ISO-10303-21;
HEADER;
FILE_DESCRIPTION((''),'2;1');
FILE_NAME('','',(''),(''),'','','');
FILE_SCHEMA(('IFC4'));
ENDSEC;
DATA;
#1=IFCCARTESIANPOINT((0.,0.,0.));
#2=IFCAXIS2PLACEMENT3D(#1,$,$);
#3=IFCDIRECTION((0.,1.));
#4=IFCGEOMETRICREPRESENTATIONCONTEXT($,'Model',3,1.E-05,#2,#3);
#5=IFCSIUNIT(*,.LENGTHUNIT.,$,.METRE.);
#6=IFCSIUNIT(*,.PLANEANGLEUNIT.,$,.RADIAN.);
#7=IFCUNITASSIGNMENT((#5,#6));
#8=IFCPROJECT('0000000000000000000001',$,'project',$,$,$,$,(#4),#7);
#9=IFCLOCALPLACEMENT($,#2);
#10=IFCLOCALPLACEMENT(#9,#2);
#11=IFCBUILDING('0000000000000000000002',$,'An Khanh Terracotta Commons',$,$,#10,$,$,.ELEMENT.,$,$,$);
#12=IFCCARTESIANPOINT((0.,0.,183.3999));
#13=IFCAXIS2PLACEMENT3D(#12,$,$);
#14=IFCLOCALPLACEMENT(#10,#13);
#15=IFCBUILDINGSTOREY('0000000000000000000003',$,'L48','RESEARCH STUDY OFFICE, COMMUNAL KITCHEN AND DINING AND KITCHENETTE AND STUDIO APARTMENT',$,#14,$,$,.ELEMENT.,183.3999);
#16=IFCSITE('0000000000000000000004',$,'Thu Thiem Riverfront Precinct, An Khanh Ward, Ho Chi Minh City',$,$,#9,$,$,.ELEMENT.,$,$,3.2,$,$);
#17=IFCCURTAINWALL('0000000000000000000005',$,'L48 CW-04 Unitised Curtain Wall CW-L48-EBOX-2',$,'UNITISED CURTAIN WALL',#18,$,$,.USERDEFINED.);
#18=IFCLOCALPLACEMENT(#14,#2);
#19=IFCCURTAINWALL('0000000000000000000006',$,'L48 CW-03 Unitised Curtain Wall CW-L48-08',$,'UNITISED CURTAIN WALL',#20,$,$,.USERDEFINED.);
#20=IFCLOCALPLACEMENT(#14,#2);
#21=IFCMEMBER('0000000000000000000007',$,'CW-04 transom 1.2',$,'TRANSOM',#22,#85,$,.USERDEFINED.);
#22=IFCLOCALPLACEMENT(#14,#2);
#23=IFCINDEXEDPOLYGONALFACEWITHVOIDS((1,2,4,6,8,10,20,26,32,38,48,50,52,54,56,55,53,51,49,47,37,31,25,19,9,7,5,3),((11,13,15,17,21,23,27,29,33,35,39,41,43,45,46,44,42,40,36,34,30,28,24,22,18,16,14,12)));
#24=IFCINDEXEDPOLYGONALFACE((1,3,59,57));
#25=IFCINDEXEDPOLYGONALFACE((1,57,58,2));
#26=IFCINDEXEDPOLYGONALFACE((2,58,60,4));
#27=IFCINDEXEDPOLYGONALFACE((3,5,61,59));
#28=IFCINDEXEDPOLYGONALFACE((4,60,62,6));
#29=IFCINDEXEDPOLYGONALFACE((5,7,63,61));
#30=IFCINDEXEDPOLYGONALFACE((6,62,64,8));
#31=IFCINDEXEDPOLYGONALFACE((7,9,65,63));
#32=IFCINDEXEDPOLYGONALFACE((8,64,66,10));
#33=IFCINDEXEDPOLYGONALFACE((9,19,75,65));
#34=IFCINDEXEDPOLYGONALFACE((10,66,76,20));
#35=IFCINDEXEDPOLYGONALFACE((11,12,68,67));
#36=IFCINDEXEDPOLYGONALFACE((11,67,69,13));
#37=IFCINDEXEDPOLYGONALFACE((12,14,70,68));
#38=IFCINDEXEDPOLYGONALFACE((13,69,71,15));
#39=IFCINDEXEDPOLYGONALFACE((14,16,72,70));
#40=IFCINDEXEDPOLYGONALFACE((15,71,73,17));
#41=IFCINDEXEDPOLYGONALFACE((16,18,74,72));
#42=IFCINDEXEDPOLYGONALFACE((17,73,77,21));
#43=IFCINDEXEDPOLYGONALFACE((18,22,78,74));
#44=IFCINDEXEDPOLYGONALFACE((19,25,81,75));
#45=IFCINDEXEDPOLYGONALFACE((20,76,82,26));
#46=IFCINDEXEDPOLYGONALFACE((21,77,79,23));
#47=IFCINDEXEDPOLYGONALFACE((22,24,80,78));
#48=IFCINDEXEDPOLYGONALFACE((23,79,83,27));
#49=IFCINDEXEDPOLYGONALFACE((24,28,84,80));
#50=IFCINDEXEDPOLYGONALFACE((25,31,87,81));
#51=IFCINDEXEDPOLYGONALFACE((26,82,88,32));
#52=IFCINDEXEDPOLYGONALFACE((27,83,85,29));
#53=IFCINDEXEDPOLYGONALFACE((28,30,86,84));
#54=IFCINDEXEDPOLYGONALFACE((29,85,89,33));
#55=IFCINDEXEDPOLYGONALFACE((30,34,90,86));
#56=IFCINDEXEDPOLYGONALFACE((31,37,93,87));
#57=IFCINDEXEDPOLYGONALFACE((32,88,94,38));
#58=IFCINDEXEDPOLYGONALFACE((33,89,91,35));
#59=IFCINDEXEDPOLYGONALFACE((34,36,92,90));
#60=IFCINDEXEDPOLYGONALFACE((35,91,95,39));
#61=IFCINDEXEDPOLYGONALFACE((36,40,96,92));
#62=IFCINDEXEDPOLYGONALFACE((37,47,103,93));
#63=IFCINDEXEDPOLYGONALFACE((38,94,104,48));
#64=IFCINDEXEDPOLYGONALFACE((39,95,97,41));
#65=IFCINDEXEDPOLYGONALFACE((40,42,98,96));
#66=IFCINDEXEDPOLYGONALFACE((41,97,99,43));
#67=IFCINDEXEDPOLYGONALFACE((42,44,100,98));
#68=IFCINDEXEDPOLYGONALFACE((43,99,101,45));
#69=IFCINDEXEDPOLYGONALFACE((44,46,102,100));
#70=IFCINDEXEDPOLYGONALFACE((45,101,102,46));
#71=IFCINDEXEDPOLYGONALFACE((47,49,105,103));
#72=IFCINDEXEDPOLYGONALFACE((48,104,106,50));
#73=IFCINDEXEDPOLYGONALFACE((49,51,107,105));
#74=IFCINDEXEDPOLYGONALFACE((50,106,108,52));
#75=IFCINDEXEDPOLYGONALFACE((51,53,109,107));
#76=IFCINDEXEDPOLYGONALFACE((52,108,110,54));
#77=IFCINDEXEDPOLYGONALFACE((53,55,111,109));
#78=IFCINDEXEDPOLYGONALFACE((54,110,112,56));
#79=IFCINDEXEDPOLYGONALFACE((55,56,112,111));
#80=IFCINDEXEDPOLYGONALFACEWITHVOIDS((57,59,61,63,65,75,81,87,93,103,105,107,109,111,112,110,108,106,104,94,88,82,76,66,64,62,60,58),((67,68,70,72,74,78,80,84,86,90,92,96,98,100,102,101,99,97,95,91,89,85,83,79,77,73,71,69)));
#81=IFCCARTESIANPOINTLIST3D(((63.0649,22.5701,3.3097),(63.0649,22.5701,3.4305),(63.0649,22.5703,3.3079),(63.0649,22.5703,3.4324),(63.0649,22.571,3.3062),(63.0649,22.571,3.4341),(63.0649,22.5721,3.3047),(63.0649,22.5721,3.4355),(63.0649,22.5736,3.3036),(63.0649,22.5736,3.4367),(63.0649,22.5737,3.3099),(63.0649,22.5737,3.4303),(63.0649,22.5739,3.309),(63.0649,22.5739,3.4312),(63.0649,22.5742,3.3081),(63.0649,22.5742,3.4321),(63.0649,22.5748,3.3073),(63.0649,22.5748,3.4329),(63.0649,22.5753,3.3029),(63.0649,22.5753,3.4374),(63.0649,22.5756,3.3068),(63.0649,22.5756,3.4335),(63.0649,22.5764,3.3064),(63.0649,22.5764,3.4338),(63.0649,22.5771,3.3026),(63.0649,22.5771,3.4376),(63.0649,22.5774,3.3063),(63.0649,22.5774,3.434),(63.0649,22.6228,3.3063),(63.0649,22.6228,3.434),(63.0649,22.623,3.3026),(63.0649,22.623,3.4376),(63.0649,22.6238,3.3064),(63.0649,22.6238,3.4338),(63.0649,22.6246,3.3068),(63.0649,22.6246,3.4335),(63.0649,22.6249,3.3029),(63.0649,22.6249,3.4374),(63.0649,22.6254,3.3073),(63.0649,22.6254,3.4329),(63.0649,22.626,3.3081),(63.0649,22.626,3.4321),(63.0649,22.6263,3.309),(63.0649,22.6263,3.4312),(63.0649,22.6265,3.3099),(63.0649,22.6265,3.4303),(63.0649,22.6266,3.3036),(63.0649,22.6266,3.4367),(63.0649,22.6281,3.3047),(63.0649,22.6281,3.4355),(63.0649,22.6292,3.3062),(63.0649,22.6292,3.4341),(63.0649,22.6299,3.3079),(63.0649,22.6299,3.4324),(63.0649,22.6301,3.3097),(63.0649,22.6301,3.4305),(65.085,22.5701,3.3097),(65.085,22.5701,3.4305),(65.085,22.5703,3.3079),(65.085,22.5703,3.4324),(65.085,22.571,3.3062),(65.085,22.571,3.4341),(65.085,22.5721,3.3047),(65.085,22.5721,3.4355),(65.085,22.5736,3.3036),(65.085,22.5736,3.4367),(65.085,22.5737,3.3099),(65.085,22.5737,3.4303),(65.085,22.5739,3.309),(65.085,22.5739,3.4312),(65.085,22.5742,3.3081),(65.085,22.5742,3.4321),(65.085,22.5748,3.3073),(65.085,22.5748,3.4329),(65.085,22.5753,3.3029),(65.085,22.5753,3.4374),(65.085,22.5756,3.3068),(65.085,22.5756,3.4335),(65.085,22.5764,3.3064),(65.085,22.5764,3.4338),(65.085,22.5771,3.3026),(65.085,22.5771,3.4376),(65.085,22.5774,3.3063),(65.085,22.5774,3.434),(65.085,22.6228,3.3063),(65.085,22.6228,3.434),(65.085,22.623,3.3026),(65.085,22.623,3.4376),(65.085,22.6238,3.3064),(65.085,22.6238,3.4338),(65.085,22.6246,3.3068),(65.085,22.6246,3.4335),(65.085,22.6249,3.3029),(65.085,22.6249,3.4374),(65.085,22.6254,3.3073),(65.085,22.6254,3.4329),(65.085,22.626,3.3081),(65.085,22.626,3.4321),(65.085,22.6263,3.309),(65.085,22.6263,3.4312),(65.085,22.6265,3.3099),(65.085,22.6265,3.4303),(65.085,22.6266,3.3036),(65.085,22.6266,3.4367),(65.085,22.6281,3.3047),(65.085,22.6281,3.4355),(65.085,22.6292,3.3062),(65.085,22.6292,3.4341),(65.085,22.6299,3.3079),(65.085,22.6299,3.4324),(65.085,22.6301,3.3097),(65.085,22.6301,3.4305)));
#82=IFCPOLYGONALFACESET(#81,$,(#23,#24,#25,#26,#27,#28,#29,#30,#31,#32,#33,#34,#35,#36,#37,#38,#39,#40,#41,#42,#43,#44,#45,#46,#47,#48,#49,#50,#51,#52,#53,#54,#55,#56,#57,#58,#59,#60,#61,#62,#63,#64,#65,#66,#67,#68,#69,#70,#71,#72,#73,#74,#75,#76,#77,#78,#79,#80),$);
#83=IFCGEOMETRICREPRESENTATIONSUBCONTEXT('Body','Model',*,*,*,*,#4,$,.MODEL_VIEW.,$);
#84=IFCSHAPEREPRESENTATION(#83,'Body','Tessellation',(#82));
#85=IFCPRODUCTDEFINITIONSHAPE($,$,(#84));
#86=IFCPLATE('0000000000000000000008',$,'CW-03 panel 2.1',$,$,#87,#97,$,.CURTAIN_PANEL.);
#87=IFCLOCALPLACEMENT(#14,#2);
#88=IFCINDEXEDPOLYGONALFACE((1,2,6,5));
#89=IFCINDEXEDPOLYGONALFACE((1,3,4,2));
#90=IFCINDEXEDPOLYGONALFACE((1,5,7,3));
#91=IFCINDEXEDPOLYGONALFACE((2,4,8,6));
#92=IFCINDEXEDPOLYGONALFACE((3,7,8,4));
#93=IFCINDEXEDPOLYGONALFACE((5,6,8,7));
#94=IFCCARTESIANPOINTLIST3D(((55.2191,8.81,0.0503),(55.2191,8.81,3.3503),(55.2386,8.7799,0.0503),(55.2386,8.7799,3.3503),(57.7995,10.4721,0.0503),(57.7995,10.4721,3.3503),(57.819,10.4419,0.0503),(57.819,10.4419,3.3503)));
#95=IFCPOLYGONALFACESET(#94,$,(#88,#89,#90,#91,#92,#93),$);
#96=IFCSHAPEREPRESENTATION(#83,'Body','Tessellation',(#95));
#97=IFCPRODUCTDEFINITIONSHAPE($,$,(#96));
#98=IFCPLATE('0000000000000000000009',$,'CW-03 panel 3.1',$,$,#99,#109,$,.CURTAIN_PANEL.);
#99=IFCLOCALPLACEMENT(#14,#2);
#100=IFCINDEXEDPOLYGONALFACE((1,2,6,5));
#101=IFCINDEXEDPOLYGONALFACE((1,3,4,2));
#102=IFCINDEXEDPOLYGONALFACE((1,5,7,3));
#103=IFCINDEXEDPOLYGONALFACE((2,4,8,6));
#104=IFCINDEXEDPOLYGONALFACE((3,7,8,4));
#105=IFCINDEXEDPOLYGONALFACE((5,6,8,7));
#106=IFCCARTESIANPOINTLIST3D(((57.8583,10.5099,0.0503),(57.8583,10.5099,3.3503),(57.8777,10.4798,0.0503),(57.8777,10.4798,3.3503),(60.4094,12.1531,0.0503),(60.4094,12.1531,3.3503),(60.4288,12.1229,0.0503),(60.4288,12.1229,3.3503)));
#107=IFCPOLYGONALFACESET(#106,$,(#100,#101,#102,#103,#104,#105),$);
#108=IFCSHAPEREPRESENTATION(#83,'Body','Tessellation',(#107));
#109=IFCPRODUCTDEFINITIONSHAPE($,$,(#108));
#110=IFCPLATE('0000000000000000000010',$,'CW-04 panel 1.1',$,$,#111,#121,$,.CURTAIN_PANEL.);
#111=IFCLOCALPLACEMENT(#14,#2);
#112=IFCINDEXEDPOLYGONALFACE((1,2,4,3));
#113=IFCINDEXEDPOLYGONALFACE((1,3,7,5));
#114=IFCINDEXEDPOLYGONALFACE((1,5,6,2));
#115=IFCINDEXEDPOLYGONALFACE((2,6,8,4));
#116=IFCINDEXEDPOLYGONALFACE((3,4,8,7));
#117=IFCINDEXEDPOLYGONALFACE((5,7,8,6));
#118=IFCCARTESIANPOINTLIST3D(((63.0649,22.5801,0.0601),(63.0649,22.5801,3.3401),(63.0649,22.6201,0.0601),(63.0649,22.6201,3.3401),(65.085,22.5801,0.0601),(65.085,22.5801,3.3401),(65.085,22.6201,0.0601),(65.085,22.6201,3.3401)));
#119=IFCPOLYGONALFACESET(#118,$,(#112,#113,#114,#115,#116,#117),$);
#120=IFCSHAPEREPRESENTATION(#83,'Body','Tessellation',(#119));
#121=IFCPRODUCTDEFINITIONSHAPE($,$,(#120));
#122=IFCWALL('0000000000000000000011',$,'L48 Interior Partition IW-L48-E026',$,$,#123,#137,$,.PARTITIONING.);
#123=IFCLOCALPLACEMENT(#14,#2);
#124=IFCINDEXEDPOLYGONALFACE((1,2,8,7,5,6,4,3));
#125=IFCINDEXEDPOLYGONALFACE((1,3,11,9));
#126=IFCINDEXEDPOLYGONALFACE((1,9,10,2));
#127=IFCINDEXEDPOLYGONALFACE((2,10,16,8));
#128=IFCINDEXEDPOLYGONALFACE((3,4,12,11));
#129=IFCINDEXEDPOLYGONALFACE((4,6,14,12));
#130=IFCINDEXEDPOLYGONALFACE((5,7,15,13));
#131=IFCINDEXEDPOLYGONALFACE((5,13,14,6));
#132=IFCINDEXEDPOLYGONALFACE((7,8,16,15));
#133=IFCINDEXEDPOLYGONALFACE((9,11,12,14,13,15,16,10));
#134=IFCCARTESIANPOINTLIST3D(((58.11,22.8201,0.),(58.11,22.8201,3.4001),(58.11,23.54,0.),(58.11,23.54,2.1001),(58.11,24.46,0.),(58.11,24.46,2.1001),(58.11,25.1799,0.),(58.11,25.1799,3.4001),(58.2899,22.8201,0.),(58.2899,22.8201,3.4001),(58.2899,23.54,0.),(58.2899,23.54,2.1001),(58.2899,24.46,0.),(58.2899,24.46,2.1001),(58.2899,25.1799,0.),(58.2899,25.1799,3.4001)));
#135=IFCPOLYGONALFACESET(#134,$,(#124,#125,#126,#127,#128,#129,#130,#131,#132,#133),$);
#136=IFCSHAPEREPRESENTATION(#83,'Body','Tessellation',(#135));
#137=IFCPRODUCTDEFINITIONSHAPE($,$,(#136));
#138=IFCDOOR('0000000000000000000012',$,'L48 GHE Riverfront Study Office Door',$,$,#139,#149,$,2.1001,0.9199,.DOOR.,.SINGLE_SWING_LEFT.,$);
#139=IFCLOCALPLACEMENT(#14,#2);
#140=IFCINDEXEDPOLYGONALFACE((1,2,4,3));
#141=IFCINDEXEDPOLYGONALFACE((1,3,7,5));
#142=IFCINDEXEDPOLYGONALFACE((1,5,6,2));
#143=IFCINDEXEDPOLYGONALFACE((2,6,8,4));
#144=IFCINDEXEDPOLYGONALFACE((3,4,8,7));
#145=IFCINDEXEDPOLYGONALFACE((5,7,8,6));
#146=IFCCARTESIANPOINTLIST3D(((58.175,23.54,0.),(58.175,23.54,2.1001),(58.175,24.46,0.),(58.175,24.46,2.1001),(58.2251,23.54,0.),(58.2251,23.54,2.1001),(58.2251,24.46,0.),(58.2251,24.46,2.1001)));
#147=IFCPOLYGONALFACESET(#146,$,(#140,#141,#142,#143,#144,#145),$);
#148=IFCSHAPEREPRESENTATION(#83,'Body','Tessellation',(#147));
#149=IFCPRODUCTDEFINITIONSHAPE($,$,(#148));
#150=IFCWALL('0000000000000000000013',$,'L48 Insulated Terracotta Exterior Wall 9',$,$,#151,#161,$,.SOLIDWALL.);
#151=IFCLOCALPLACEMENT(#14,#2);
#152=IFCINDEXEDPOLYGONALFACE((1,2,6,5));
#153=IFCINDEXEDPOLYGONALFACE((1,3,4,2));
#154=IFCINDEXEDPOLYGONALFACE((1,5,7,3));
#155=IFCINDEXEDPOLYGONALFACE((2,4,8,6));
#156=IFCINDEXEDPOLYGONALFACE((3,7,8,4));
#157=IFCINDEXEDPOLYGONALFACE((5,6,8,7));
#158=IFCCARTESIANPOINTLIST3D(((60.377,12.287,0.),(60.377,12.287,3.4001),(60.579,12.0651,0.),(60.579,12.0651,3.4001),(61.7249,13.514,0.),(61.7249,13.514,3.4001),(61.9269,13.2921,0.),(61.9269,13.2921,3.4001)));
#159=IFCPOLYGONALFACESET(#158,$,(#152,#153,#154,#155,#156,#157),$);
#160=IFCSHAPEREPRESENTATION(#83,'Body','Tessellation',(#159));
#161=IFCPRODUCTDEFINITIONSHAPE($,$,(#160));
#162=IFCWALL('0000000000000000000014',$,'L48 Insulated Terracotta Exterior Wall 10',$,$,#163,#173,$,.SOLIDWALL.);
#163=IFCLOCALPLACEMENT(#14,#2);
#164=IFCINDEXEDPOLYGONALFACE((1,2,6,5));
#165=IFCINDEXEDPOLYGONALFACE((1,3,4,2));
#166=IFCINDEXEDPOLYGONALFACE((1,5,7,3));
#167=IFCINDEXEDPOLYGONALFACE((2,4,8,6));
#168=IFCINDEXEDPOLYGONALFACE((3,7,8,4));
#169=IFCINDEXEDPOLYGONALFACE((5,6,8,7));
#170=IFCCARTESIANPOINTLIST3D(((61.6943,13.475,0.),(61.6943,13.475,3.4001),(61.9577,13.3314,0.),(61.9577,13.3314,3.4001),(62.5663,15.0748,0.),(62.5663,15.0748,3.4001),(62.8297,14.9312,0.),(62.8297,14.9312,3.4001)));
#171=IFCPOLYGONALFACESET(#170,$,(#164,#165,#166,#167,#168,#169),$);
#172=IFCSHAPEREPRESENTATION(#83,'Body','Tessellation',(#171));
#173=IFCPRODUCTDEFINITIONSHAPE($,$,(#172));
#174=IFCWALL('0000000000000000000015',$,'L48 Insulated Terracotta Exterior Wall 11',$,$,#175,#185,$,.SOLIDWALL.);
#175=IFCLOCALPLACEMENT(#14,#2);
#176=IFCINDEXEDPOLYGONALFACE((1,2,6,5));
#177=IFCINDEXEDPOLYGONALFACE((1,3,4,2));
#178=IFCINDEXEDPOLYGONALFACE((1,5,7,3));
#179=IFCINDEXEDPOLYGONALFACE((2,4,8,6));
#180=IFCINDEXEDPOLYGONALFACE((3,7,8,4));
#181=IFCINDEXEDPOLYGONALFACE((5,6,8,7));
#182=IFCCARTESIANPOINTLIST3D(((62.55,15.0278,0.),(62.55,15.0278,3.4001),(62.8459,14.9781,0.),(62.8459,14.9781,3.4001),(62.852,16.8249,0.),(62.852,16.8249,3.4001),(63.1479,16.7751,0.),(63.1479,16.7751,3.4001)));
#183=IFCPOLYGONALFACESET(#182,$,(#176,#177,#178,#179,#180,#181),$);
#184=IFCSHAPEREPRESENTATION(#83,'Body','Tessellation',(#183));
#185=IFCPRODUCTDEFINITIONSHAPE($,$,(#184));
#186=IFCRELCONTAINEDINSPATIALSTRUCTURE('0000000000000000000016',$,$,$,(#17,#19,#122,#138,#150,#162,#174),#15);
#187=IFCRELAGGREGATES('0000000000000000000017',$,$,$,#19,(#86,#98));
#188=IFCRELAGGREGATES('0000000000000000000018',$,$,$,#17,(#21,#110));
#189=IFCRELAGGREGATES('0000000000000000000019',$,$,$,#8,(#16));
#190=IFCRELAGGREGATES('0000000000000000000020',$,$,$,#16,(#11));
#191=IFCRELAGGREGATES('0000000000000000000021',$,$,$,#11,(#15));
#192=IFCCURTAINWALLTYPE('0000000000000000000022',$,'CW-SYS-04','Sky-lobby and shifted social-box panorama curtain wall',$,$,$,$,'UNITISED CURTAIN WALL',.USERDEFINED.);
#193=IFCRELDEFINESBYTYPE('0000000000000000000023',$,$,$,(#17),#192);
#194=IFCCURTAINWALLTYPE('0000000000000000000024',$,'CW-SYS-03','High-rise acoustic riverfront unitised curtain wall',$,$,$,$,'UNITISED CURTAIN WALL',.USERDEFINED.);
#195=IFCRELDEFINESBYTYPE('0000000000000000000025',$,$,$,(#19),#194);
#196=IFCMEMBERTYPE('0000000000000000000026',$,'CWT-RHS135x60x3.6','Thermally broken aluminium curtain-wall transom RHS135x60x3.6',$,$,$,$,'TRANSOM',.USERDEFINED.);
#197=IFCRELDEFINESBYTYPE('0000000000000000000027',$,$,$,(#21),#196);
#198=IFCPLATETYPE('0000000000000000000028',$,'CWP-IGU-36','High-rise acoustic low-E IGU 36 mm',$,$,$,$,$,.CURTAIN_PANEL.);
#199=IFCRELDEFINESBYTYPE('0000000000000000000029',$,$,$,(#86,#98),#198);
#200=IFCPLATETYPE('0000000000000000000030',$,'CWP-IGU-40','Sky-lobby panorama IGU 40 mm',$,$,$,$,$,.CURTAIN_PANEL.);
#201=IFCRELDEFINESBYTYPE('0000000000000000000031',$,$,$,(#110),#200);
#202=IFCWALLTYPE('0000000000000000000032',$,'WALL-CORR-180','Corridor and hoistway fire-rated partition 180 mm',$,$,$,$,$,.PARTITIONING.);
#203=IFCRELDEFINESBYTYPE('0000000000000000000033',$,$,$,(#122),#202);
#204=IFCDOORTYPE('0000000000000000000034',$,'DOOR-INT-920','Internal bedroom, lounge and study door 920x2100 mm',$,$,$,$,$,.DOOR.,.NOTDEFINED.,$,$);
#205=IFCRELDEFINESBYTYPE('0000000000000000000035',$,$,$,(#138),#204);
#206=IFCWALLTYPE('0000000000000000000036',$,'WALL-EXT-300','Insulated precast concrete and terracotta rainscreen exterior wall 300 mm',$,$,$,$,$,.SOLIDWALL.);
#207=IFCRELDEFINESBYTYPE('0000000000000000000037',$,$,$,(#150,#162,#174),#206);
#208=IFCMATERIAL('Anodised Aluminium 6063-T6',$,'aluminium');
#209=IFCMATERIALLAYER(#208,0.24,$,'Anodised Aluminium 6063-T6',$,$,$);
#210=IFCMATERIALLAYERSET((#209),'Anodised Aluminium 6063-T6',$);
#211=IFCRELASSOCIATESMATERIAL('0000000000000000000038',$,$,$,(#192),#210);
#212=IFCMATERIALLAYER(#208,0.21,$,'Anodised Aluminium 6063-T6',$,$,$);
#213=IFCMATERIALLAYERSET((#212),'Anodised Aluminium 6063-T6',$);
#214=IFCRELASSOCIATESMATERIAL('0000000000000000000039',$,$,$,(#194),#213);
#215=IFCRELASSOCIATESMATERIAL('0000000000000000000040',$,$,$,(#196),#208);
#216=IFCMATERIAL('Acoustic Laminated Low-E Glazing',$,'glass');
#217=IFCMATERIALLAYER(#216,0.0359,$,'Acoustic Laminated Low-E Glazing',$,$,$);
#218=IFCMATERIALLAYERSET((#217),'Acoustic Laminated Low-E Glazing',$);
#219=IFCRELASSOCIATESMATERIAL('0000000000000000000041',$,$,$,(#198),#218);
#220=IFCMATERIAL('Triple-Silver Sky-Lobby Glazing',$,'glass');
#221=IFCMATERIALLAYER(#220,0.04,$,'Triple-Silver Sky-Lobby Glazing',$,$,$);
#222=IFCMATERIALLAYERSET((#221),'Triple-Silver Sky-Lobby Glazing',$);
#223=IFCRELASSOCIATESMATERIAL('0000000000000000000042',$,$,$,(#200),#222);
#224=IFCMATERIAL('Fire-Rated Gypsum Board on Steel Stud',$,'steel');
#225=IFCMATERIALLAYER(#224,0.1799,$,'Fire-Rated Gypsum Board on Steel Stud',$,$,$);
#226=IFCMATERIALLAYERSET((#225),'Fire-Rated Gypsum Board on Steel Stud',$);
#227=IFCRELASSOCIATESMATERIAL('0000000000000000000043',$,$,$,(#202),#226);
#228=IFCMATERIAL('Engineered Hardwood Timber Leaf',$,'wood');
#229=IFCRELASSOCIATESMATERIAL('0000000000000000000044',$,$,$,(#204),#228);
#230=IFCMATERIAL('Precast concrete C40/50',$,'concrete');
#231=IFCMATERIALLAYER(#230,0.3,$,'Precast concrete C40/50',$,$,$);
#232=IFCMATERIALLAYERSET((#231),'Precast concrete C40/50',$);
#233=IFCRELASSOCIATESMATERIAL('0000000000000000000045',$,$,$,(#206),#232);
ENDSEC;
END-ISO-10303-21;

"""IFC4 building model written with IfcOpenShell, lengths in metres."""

from ifc_helpers import new_model, si_unit, direction, frame, frame_2d, origin, origin_2d, place, context, subcontext, project, spatial, rectangle, hollow_rectangle, extrude, material, layer, layer_set, material_profile, profile_set, type_object, element, fill, aggregate, save


model = new_model("IFC4")

# Units and contexts
model_context = context("Model", 3, precision=1e-05, world=origin(), true_north=direction((0.0, 1.0)))
body_context = subcontext(model_context, "Body", "Model", "MODEL_VIEW")
ifc_project = project(units=[si_unit("LENGTHUNIT", "METRE"), si_unit("PLANEANGLEUNIT", "RADIAN")], contexts=[model_context])

# Site, building, storey
site_placement = place(None, origin())
site = spatial("IfcSite", under=ifc_project, at=site_placement, Name="Thu Thiem Riverfront Precinct, An Khanh Ward, Ho Chi Minh City", CompositionType="ELEMENT", RefElevation=3.2)
building_placement = place(site_placement, origin())
building = spatial("IfcBuilding", under=site, at=building_placement, Name="An Khanh Terracotta Commons", CompositionType="ELEMENT")
storey_placement = place(building_placement, frame((0.0, 0.0, 183.3999)))
storey = spatial("IfcBuildingStorey", under=building, at=storey_placement, Name="L48", Description="RESEARCH STUDY OFFICE, COMMUNAL KITCHEN AND DINING AND KITCHENETTE AND STUDIO APARTMENT", CompositionType="ELEMENT", Elevation=183.3999)

# Shared definitions
ifc_material_1 = material(Name="Anodised Aluminium 6063-T6", Category="aluminium")
ifc_layer_1 = layer(ifc_material_1, 0.24, Name="Anodised Aluminium 6063-T6")
ifc_layer_set_1 = layer_set([ifc_layer_1], Name="Anodised Aluminium 6063-T6")
curtain_wall_type_1 = type_object("IfcCurtainWallType", Name="CW-SYS-04", Description="Sky-lobby and shifted social-box panorama curtain wall", ElementType="UNITISED CURTAIN WALL", PredefinedType="USERDEFINED", material=ifc_layer_set_1)

# Curtain walls
curtain_wall_1_placement = place(storey_placement, origin())
curtain_wall_1 = element("IfcCurtainWall", 1, at=curtain_wall_1_placement, inside=storey, type_object=curtain_wall_type_1, Name="L48 CW-04 Unitised Curtain Wall CW-L48-EBOX-2", ObjectType="UNITISED CURTAIN WALL", PredefinedType="USERDEFINED")
ifc_layer_2 = layer(ifc_material_1, 0.21, Name="Anodised Aluminium 6063-T6")
ifc_layer_set_2 = layer_set([ifc_layer_2], Name="Anodised Aluminium 6063-T6")
curtain_wall_type_2 = type_object("IfcCurtainWallType", Name="CW-SYS-03", Description="High-rise acoustic riverfront unitised curtain wall", ElementType="UNITISED CURTAIN WALL", PredefinedType="USERDEFINED", material=ifc_layer_set_2)
curtain_wall_2_placement = place(storey_placement, origin())
curtain_wall_2 = element("IfcCurtainWall", 2, at=curtain_wall_2_placement, inside=storey, type_object=curtain_wall_type_2, Name="L48 CW-03 Unitised Curtain Wall CW-L48-08", ObjectType="UNITISED CURTAIN WALL", PredefinedType="USERDEFINED")

# Member
ifc_material_profile_1 = material_profile(ifc_material_1, hollow_rectangle(XDim=0.0601, YDim=0.135, WallThickness=0.0037, InnerFilletRadius=0.0037, OuterFilletRadius=0.0071, at=origin_2d()), Name="RHS135x60x3.6")
ifc_profile_set_1 = profile_set([ifc_material_profile_1], Name="Anodised Aluminium 6063-T6")
member_type_1 = type_object("IfcMemberType", Name="CWT-RHS135x60x3.6", Description="Thermally broken aluminium curtain-wall transom RHS135x60x3.6", ElementType="TRANSOM", PredefinedType="USERDEFINED", material=ifc_profile_set_1)
member_1_placement = place(storey_placement, frame((63.0649, 22.6001, 3.3701), z_axis=(1.0, 0.0, 0.0), x_axis=(0.0, 1.0, 0.0)))
member_1 = element("IfcMember", 3, at=member_1_placement, type_object=member_type_1, Name="CW-04 transom 1.2", ObjectType="TRANSOM", PredefinedType="USERDEFINED", context=body_context, shape_type="SweptSolid", body=[
    extrude(hollow_rectangle(XDim=0.0601, YDim=0.135, WallThickness=0.0037, InnerFilletRadius=0.0037, OuterFilletRadius=0.0071, at=origin_2d()), origin(), (0.0, 0.0, 1.0), 2.02),
])

# Plates
ifc_material_2 = material(Name="Acoustic Laminated Low-E Glazing", Category="glass")
ifc_layer_3 = layer(ifc_material_2, 0.0359, Name="Acoustic Laminated Low-E Glazing")
ifc_layer_set_3 = layer_set([ifc_layer_3], Name="Acoustic Laminated Low-E Glazing")
plate_type_1 = type_object("IfcPlateType", Name="CWP-IGU-36", Description="High-rise acoustic low-E IGU 36 mm", PredefinedType="CURTAIN_PANEL", material=ifc_layer_set_3)
plate_1_placement = place(storey_placement, frame((56.519, 9.626, 0.0503), z_axis=(0.0, 0.0, 1.0), x_axis=(0.840702, 0.541498, 0.0)))
plate_1 = element("IfcPlate", 4, at=plate_1_placement, type_object=plate_type_1, Name="CW-03 panel 2.1", PredefinedType="CURTAIN_PANEL", context=body_context, shape_type="SweptSolid", body=[
    extrude(rectangle(XDim=3.0693, YDim=0.0359, at=origin_2d()), origin(), (0.0, 0.0, 1.0), 3.3),
])
plate_2_placement = place(storey_placement, frame((59.1436, 11.3164, 0.0503), z_axis=(0.0, 0.0, 1.0), x_axis=(0.840702, 0.541498, 0.0)))
plate_2 = element("IfcPlate", 5, at=plate_2_placement, type_object=plate_type_1, Name="CW-03 panel 3.1", PredefinedType="CURTAIN_PANEL", context=body_context, shape_type="SweptSolid", body=[
    extrude(rectangle(XDim=3.0344, YDim=0.0359, at=origin_2d()), origin(), (0.0, 0.0, 1.0), 3.3),
])
aggregate(curtain_wall_2, [plate_1, plate_2])
ifc_material_3 = material(Name="Triple-Silver Sky-Lobby Glazing", Category="glass")
ifc_layer_4 = layer(ifc_material_3, 0.04, Name="Triple-Silver Sky-Lobby Glazing")
ifc_layer_set_4 = layer_set([ifc_layer_4], Name="Triple-Silver Sky-Lobby Glazing")
plate_type_2 = type_object("IfcPlateType", Name="CWP-IGU-40", Description="Sky-lobby panorama IGU 40 mm", PredefinedType="CURTAIN_PANEL", material=ifc_layer_set_4)
plate_3_placement = place(storey_placement, frame((64.075, 22.6001, 0.0601), z_axis=(0.0, 0.0, 1.0), x_axis=(1.0, 0.0, 0.0)))
plate_3 = element("IfcPlate", 6, at=plate_3_placement, type_object=plate_type_2, Name="CW-04 panel 1.1", PredefinedType="CURTAIN_PANEL", context=body_context, shape_type="SweptSolid", body=[
    extrude(rectangle(XDim=2.02, YDim=0.04, at=origin_2d()), origin(), (0.0, 0.0, 1.0), 3.28),
])
aggregate(curtain_wall_1, [member_1, plate_3])

# Wall, opening, door
ifc_material_4 = material(Name="Fire-Rated Gypsum Board on Steel Stud", Category="steel")
ifc_layer_5 = layer(ifc_material_4, 0.1799, Name="Fire-Rated Gypsum Board on Steel Stud")
ifc_layer_set_5 = layer_set([ifc_layer_5], Name="Fire-Rated Gypsum Board on Steel Stud")
wall_type_1 = type_object("IfcWallType", Name="WALL-CORR-180", Description="Corridor and hoistway fire-rated partition 180 mm", PredefinedType="PARTITIONING", material=ifc_layer_set_5)
wall_1_placement = place(storey_placement, frame((58.2, 22.8201, 0.0), z_axis=(0.0, 0.0, 1.0), x_axis=(0.0, 1.0, 0.0)))
wall_1 = element("IfcWall", 7, at=wall_1_placement, inside=storey, type_object=wall_type_1, Name="L48 Interior Partition IW-L48-E026", PredefinedType="PARTITIONING", context=body_context, shape_type="SweptSolid", body=[
    extrude(rectangle(XDim=2.3599, YDim=0.1799, at=frame_2d((1.1799, 0.0))), origin(), (0.0, 0.0, 1.0), 3.4001),
])
opening_1_placement = place(wall_1_placement, frame((0.72, 0.0, 0.0)))
opening_1 = element("IfcOpeningElement", 8, at=opening_1_placement, cuts=wall_1, PredefinedType="OPENING", context=body_context, shape_type="SweptSolid", body=[
    extrude(rectangle(XDim=0.9199, YDim=2.1001, at=frame_2d((0.46, 1.05))), frame((0.0, 0.0999, 0.0), z_axis=(0.0, -1.0, 0.0), x_axis=(1.0, 0.0, 0.0)), (0.0, 0.0, 1.0), 0.2),
])
ifc_material_5 = material(Name="Engineered Hardwood Timber Leaf", Category="wood")
door_type = type_object("IfcDoorType", Name="DOOR-INT-920", Description="Internal bedroom, lounge and study door 920x2100 mm", OperationType="NOTDEFINED", PredefinedType="DOOR", material=ifc_material_5)
door_placement = place(opening_1_placement, origin())
door = element("IfcDoor", 9, at=door_placement, inside=storey, type_object=door_type, Name="L48 GHE Riverfront Study Office Door", OperationType="SINGLE_SWING_LEFT", OverallHeight=2.1001, OverallWidth=0.9199, PredefinedType="DOOR", context=body_context, shape_type="SweptSolid", body=[
    extrude(rectangle(XDim=0.9199, YDim=2.1001, at=frame_2d((0.46, 1.05))), frame((0.0, 0.0249, 0.0), z_axis=(0.0, -1.0, 0.0), x_axis=(1.0, 0.0, 0.0)), (0.0, 0.0, 1.0), 0.05),
])
fill(opening_1, door)

# Walls
ifc_material_6 = material(Name="Precast concrete C40/50", Category="concrete")
ifc_layer_6 = layer(ifc_material_6, 0.3, Name="Precast concrete C40/50")
ifc_layer_set_6 = layer_set([ifc_layer_6], Name="Precast concrete C40/50")
wall_type_2 = type_object("IfcWallType", Name="WALL-EXT-300", Description="Insulated precast concrete and terracotta rainscreen exterior wall 300 mm", PredefinedType="SOLIDWALL", material=ifc_layer_set_6)
wall_2_placement = place(storey_placement, frame((60.478, 12.176, 0.0), z_axis=(0.0, 0.0, 1.0), x_axis=(0.739479, 0.673179, 0.0)))
element("IfcWall", 10, at=wall_2_placement, inside=storey, type_object=wall_type_2, Name="L48 Insulated Terracotta Exterior Wall 9", PredefinedType="SOLIDWALL", context=body_context, shape_type="SweptSolid", body=[
    extrude(rectangle(XDim=1.8228, YDim=0.3, at=frame_2d((0.9114, 0.0))), origin(), (0.0, 0.0, 1.0), 3.4001),
])
wall_3_placement = place(storey_placement, frame((61.8259, 13.4031, 0.0), z_axis=(0.0, 0.0, 1.0), x_axis=(0.478608, 0.878029, 0.0)))
element("IfcWall", 11, at=wall_3_placement, inside=storey, type_object=wall_type_2, Name="L48 Insulated Terracotta Exterior Wall 10", PredefinedType="SOLIDWALL", context=body_context, shape_type="SweptSolid", body=[
    extrude(rectangle(XDim=1.822, YDim=0.3, at=frame_2d((0.9111, 0.0))), origin(), (0.0, 0.0, 1.0), 3.4001),
])
wall_4_placement = place(storey_placement, frame((62.698, 15.0029, 0.0), z_axis=(0.0, 0.0, 1.0), x_axis=(0.165724, 0.986172, 0.0)))
element("IfcWall", 12, at=wall_4_placement, inside=storey, type_object=wall_type_2, Name="L48 Insulated Terracotta Exterior Wall 11", PredefinedType="SOLIDWALL", context=body_context, shape_type="SweptSolid", body=[
    extrude(rectangle(XDim=1.8223, YDim=0.3, at=frame_2d((0.9111, 0.0))), origin(), (0.0, 0.0, 1.0), 3.4001),
])

save(model, "model.ifc")
